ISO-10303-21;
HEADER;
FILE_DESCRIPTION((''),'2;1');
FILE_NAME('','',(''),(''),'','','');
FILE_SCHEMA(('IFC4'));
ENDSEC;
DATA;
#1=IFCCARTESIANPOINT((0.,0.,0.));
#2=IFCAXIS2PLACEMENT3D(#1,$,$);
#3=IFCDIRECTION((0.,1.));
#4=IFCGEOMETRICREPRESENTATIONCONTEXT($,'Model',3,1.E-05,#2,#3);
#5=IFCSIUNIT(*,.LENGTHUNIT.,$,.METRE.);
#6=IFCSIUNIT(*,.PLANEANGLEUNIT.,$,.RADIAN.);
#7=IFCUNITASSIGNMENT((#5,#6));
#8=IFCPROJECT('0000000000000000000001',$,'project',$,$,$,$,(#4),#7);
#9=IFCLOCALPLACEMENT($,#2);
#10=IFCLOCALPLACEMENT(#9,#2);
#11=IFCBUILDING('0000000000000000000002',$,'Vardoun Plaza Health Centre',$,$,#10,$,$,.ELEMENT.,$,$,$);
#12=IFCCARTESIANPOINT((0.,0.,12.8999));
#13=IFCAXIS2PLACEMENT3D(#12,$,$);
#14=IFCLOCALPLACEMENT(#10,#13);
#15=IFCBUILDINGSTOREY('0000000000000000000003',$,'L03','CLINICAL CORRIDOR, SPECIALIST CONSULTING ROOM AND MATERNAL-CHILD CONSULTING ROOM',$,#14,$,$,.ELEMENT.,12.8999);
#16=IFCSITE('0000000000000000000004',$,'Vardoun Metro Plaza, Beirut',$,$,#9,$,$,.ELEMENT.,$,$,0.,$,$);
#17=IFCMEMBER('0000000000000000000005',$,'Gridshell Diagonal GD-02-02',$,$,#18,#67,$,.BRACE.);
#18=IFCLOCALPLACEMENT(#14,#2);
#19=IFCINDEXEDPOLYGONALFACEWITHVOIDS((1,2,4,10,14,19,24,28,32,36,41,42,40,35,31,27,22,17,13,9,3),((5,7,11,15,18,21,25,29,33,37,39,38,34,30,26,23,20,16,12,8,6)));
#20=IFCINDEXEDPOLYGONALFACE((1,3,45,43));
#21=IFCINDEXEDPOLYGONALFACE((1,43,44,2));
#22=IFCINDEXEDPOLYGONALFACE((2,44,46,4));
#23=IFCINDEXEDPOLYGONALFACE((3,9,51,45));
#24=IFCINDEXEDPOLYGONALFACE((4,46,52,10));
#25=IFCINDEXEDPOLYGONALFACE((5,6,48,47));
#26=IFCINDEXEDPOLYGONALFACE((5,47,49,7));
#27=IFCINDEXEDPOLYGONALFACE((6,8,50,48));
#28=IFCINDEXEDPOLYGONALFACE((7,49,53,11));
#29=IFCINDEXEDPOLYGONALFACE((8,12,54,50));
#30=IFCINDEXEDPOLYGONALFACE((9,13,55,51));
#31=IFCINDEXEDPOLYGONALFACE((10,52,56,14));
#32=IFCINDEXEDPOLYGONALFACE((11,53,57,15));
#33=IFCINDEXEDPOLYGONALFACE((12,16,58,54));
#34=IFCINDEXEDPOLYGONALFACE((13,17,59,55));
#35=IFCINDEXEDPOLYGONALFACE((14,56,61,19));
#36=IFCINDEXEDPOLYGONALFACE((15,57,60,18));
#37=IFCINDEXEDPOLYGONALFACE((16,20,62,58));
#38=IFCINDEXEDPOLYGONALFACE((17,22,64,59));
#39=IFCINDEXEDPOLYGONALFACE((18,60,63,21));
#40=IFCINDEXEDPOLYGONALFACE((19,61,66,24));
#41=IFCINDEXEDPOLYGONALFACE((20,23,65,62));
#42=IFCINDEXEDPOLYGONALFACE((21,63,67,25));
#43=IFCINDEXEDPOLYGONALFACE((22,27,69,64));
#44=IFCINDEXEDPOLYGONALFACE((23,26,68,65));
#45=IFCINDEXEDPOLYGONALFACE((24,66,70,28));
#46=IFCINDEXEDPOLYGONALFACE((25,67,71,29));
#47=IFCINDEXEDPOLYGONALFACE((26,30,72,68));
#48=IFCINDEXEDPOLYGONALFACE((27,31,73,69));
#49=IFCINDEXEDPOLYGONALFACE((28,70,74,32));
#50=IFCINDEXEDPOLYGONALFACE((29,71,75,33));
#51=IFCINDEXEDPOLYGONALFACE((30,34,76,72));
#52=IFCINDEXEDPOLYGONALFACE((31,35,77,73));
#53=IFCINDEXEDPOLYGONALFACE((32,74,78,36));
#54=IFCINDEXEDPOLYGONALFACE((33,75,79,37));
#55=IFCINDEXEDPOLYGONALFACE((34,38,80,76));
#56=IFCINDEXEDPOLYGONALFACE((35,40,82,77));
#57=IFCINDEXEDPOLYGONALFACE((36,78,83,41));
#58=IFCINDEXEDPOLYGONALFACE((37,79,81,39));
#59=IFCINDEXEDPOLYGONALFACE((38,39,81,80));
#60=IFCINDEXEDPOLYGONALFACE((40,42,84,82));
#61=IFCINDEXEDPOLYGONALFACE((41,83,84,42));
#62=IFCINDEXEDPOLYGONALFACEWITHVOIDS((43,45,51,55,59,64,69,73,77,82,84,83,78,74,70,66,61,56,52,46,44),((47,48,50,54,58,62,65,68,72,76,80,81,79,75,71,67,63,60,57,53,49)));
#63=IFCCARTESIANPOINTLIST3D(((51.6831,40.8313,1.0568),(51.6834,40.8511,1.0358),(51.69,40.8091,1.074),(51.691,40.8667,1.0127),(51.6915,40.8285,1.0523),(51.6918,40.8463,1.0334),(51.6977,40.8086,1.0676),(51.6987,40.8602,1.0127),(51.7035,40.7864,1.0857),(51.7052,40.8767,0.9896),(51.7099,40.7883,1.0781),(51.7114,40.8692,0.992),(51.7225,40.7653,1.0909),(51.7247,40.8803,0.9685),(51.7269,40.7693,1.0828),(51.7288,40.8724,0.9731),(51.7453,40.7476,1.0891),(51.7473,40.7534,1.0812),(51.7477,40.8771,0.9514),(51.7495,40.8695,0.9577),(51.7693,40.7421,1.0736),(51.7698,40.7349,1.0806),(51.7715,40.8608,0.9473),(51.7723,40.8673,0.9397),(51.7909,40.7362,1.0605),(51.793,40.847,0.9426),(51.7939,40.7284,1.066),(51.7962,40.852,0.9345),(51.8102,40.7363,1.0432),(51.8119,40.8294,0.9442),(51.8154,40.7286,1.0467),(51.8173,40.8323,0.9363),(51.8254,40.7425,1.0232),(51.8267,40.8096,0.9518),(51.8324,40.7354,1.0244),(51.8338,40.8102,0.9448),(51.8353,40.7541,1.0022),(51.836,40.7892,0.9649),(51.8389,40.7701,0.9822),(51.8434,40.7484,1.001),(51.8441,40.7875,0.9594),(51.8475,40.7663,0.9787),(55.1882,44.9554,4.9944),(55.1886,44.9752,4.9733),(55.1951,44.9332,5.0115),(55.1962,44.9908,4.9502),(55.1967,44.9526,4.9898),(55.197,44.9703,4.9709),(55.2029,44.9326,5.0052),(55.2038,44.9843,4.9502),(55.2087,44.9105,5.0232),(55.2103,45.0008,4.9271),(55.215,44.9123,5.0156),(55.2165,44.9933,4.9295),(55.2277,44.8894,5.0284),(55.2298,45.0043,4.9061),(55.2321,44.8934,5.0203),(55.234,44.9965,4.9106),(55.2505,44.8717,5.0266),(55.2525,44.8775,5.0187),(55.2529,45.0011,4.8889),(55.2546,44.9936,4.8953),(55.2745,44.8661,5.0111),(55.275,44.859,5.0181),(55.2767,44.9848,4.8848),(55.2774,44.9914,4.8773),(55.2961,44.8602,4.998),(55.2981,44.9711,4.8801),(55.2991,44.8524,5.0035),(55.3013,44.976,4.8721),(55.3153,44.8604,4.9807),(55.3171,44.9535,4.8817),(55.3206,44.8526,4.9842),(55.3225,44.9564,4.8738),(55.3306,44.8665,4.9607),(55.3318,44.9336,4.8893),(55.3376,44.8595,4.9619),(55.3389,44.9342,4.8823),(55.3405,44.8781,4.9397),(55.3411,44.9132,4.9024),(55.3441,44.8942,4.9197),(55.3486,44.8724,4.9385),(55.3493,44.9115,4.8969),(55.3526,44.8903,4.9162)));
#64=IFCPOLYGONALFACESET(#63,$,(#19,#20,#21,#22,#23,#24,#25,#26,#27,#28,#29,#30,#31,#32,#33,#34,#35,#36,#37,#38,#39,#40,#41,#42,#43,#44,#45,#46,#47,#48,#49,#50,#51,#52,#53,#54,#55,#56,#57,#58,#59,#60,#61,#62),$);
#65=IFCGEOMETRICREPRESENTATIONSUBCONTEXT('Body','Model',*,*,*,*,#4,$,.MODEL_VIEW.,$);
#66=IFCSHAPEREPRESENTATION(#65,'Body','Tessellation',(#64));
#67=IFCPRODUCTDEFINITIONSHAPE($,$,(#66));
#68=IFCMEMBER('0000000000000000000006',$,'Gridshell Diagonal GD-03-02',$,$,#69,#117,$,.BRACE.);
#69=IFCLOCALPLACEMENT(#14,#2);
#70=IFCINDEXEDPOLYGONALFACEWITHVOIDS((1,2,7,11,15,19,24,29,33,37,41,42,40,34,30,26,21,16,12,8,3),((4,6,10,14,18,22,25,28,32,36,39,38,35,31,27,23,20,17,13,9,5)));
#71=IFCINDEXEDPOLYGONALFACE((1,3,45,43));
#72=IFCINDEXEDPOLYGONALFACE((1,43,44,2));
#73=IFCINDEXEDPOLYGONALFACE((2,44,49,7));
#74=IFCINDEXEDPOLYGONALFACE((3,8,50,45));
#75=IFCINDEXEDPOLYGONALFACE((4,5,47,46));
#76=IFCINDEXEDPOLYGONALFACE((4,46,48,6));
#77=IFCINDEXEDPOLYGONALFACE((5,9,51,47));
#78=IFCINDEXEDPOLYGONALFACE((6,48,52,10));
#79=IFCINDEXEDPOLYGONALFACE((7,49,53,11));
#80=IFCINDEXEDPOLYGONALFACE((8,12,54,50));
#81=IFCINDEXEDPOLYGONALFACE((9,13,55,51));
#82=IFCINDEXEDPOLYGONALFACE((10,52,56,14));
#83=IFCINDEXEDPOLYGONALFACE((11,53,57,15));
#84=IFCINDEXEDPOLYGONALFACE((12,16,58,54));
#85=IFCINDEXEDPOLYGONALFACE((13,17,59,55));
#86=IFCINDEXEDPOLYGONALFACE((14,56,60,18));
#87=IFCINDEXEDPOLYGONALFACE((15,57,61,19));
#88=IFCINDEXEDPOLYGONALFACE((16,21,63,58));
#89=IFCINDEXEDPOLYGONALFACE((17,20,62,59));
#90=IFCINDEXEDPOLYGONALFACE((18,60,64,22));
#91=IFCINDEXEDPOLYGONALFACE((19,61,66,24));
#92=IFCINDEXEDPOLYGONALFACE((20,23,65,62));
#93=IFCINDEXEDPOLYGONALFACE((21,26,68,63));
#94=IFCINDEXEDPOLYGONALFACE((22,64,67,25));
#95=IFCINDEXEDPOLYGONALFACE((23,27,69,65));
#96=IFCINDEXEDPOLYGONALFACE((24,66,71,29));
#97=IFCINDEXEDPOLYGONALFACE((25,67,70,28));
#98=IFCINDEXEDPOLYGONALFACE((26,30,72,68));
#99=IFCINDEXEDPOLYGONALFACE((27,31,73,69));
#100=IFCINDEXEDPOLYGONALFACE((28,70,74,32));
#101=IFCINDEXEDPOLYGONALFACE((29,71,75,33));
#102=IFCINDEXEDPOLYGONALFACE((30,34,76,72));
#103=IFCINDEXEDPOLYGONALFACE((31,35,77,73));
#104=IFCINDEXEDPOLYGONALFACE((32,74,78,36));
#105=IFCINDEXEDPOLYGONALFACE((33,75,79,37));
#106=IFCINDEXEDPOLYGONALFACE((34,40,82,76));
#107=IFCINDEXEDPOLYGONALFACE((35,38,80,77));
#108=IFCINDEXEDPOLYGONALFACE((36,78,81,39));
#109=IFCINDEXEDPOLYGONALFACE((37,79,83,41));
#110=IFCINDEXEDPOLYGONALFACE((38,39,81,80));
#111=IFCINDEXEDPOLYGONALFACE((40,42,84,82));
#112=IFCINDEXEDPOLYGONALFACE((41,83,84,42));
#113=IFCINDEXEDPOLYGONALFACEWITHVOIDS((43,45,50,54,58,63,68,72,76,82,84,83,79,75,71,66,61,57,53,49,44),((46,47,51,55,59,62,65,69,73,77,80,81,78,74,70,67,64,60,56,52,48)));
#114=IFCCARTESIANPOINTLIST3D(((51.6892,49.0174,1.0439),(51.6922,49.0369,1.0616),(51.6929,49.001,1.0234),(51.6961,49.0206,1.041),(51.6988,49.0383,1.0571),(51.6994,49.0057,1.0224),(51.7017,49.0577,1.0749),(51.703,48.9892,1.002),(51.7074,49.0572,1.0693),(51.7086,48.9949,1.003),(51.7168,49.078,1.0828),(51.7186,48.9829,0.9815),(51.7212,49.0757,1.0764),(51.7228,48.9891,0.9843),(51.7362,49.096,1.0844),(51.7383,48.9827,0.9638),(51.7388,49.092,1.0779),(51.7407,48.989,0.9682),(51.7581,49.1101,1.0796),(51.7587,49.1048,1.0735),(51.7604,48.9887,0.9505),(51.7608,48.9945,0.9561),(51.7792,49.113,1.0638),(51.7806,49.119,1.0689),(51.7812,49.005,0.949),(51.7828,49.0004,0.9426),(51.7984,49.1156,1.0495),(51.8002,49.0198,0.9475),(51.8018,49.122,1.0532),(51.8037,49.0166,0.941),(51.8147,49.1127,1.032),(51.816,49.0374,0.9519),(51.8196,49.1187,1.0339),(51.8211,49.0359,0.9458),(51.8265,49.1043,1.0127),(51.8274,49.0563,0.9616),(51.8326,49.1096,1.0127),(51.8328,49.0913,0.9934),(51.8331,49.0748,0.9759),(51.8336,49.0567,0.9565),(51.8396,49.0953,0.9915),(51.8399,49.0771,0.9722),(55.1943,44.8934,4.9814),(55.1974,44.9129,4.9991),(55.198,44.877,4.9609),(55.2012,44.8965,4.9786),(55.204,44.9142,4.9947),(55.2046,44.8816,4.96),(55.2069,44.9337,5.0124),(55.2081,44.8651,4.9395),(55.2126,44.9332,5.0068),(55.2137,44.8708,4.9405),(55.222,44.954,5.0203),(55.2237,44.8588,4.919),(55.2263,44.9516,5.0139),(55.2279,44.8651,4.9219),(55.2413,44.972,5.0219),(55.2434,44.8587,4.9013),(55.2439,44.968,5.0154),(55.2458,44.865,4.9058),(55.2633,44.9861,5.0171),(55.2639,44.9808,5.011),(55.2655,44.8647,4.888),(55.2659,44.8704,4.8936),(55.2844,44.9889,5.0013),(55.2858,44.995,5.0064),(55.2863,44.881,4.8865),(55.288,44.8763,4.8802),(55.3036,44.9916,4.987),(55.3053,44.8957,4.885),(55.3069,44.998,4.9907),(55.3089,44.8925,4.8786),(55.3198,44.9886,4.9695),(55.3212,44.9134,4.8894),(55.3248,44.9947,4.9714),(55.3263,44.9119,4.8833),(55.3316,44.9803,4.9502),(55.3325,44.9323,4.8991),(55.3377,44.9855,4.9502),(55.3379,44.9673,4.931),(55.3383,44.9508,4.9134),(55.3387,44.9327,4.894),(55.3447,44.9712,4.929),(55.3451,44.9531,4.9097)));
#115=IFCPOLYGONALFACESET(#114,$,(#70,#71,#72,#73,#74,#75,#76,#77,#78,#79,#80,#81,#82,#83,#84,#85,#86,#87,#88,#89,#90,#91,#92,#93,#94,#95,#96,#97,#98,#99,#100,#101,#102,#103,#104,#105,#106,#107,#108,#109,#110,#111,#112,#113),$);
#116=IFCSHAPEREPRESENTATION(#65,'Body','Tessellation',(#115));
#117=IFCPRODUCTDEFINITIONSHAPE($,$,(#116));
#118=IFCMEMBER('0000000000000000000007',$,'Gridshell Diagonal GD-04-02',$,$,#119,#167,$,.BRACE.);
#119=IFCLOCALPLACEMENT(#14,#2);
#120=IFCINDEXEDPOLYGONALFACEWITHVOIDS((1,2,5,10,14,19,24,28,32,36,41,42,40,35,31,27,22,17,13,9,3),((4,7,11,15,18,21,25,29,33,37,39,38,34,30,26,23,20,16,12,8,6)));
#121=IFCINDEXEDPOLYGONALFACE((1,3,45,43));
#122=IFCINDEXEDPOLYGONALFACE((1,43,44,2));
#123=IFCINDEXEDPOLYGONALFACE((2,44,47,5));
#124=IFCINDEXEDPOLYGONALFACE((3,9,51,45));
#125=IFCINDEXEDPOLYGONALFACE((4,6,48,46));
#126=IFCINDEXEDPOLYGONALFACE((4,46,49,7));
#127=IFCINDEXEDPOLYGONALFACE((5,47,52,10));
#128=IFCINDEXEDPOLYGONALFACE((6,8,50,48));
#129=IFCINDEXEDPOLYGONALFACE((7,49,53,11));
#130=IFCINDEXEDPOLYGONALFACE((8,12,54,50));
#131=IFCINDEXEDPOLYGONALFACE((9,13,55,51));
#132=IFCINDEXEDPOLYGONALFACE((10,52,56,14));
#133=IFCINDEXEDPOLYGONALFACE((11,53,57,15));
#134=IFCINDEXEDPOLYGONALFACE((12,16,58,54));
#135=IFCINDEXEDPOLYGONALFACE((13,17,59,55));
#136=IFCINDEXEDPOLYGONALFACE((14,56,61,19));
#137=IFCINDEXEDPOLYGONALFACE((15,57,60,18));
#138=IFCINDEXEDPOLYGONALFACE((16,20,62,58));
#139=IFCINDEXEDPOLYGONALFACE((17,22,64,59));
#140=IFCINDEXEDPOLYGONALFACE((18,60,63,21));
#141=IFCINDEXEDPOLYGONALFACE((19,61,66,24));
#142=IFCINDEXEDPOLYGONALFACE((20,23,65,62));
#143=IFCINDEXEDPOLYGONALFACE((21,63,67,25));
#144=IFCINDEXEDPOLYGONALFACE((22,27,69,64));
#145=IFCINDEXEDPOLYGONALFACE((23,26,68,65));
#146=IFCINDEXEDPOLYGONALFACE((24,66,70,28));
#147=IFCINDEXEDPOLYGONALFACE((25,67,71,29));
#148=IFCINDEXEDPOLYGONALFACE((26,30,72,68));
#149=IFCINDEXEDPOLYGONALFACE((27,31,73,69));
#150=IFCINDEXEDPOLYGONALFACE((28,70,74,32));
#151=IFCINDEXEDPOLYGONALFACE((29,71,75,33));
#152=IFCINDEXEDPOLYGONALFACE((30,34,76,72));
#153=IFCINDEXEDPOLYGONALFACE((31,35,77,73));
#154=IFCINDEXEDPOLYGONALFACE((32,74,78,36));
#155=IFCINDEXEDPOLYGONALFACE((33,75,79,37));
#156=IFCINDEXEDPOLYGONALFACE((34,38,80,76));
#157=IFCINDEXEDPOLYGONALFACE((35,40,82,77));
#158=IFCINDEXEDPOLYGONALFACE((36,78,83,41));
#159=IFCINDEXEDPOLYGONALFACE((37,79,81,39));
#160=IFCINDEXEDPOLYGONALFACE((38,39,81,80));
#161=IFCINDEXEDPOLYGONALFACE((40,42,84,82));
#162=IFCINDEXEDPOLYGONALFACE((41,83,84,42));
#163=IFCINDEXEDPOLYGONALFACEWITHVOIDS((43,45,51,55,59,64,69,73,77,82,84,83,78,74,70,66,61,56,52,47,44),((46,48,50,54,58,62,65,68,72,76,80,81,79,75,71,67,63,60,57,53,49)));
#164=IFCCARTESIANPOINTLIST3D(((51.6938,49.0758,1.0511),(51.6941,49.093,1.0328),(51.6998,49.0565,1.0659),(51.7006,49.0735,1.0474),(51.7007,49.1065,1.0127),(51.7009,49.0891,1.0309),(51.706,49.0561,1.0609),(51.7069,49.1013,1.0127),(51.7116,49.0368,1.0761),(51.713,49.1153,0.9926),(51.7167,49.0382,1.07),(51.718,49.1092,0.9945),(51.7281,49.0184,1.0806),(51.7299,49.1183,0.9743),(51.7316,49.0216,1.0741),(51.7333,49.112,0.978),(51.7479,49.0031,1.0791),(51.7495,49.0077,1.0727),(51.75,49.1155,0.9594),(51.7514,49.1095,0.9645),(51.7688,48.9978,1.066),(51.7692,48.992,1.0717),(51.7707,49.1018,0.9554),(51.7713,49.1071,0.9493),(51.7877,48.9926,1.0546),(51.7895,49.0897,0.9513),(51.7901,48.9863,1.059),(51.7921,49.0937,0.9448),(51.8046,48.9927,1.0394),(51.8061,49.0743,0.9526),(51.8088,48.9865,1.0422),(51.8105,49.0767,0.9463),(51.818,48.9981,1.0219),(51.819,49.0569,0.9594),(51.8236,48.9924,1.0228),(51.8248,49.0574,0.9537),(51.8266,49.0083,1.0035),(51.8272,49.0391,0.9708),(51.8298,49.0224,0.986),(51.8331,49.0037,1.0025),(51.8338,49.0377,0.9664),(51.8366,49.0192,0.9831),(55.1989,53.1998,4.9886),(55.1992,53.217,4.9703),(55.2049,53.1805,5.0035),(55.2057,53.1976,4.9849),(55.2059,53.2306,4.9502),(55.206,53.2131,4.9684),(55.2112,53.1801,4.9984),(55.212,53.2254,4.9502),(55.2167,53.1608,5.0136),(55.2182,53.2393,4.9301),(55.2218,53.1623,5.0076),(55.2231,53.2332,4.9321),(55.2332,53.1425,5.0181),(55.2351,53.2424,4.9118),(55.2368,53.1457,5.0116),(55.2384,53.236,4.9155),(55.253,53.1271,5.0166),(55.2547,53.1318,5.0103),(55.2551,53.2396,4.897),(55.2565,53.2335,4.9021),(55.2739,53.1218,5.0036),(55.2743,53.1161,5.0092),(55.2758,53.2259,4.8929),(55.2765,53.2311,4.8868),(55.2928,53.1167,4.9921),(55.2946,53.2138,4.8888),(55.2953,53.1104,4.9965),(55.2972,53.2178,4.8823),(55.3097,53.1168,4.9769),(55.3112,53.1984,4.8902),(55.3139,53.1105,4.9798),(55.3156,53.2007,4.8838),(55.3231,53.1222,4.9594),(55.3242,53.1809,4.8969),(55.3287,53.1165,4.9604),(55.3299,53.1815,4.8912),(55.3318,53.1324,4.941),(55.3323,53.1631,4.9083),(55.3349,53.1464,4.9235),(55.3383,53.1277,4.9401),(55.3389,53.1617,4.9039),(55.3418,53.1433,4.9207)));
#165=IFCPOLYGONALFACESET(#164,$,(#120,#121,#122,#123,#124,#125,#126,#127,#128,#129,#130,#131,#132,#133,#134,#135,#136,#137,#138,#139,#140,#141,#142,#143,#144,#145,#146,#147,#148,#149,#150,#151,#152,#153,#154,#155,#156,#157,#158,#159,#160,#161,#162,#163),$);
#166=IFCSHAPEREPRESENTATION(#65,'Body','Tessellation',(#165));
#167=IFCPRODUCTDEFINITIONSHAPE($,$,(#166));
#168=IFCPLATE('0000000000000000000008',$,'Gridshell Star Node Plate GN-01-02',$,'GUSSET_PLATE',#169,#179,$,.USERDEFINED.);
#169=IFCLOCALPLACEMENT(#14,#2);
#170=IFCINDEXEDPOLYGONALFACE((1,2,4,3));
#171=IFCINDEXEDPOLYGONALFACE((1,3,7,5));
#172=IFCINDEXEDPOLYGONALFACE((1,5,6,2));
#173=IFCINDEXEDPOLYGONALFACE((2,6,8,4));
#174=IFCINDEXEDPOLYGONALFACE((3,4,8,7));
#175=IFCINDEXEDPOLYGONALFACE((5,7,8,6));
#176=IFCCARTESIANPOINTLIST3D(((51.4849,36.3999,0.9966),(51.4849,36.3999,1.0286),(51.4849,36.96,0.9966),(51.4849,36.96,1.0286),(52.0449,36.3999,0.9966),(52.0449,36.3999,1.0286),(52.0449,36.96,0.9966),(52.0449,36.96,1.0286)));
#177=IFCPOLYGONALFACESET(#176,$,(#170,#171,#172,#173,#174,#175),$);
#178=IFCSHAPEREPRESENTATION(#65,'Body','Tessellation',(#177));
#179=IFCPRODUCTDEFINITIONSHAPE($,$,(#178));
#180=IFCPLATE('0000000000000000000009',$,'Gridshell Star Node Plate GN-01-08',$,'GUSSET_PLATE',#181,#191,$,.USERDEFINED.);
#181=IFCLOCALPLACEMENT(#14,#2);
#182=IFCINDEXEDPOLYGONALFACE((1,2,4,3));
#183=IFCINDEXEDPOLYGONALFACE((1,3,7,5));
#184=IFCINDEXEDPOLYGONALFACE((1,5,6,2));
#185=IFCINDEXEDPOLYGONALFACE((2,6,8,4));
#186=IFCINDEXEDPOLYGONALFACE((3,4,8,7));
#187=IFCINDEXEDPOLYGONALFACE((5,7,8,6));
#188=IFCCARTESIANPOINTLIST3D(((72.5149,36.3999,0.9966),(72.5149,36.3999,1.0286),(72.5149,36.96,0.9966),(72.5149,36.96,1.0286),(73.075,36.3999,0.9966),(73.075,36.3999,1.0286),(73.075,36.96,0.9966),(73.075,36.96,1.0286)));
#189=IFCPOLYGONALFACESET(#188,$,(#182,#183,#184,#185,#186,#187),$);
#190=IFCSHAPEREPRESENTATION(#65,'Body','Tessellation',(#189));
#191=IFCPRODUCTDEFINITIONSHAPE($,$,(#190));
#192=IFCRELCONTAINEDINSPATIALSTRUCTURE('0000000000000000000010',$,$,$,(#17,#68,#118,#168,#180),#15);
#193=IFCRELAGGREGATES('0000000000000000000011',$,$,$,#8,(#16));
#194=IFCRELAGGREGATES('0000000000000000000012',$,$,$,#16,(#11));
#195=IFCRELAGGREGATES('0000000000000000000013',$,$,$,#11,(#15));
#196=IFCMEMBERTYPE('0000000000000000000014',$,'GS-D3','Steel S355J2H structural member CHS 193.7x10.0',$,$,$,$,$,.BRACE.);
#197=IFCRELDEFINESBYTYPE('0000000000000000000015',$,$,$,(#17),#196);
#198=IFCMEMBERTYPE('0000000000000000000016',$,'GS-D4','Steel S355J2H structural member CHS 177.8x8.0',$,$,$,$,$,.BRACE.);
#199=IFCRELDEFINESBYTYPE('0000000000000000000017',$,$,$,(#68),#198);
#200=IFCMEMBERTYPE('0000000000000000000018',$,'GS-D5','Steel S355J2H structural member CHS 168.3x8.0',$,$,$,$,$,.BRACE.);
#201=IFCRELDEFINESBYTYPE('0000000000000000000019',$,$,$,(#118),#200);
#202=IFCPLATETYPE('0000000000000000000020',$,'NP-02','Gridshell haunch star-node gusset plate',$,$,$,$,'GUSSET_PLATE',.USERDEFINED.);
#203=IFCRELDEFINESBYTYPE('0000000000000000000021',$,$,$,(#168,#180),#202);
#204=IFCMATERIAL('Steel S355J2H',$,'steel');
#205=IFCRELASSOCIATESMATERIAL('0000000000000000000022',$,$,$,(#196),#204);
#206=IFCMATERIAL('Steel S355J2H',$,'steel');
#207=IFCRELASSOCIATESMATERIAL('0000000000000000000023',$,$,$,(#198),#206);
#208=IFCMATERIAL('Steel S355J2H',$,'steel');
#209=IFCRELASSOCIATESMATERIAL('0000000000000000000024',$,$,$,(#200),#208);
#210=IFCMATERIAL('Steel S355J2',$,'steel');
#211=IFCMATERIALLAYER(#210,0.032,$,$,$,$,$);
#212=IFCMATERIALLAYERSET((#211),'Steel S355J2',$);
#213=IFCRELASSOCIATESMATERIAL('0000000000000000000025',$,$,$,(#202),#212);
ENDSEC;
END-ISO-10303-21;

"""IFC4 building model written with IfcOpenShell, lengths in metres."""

from ifc_helpers import new_model, si_unit, direction, frame, origin, origin_2d, place, context, subcontext, project, spatial, rectangle, hollow_circle, extrude, material, layer, layer_set, material_profile, profile_set, type_object, element, save


model = new_model("IFC4")

# Units and contexts
model_context = context("Model", 3, precision=1e-05, world=origin(), true_north=direction((0.0, 1.0)))
body_context = subcontext(model_context, "Body", "Model", "MODEL_VIEW")
ifc_project = project(units=[si_unit("LENGTHUNIT", "METRE"), si_unit("PLANEANGLEUNIT", "RADIAN")], contexts=[model_context])

# Site, building, storey
site_placement = place(None, origin())
site = spatial("IfcSite", under=ifc_project, at=site_placement, Name="Vardoun Metro Plaza, Beirut", CompositionType="ELEMENT", RefElevation=0.0)
building_placement = place(site_placement, origin())
building = spatial("IfcBuilding", under=site, at=building_placement, Name="Vardoun Plaza Health Centre", CompositionType="ELEMENT")
storey_placement = place(building_placement, frame((0.0, 0.0, 12.8999)))
storey = spatial("IfcBuildingStorey", under=building, at=storey_placement, Name="L03", Description="CLINICAL CORRIDOR, SPECIALIST CONSULTING ROOM AND MATERNAL-CHILD CONSULTING ROOM", CompositionType="ELEMENT", Elevation=12.8999)

# Members
ifc_material_1 = material(Name="Steel S355J2H", Category="steel")
ifc_material_profile_1 = material_profile(ifc_material_1, hollow_circle(Radius=0.0969, WallThickness=0.01, at=origin_2d()), Name="CHS 193.7x10.0")
ifc_profile_set_1 = profile_set([ifc_material_profile_1], Name="Steel S355J2H")
member_type_1 = type_object("IfcMemberType", Name="GS-D3", Description="Steel S355J2H structural member CHS 193.7x10.0", PredefinedType="BRACE", material=ifc_profile_set_1)
member_1_placement = place(storey_placement, frame((51.7649, 40.804, 1.0127), z_axis=(0.523694, 0.616162, 0.588294), x_axis=(-0.761966, 0.647617, 0.0)))
element("IfcMember", 1, at=member_1_placement, inside=storey, type_object=member_type_1, Name="Gridshell Diagonal GD-02-02", PredefinedType="BRACE", context=body_context, shape_type="SweptSolid", body=[
    extrude(hollow_circle(Radius=0.0969, WallThickness=0.01, at=origin_2d()), origin(), (0.0, 0.0, 1.0), 6.6931),
])
ifc_material_2 = material(Name="Steel S355J2H", Category="steel")
ifc_material_profile_2 = material_profile(ifc_material_2, hollow_circle(Radius=0.0889, WallThickness=0.0081, at=origin_2d()), Name="CHS 177.8x8.0")
ifc_profile_set_2 = profile_set([ifc_material_profile_2], Name="Steel S355J2H")
member_type_2 = type_object("IfcMemberType", Name="GS-D4", Description="Steel S355J2H structural member CHS 177.8x8.0", PredefinedType="BRACE", material=ifc_profile_set_2)
member_2_placement = place(storey_placement, frame((51.7649, 49.052, 1.0127), z_axis=(0.523694, -0.616162, 0.588294), x_axis=(0.761966, 0.647617, 0.0)))
element("IfcMember", 2, at=member_2_placement, inside=storey, type_object=member_type_2, Name="Gridshell Diagonal GD-03-02", PredefinedType="BRACE", context=body_context, shape_type="SweptSolid", body=[
    extrude(hollow_circle(Radius=0.0889, WallThickness=0.0081, at=origin_2d()), origin(), (0.0, 0.0, 1.0), 6.6931),
])
ifc_material_3 = material(Name="Steel S355J2H", Category="steel")
ifc_material_profile_3 = material_profile(ifc_material_3, hollow_circle(Radius=0.0842, WallThickness=0.0081, at=origin_2d()), Name="CHS 168.3x8.0")
ifc_profile_set_3 = profile_set([ifc_material_profile_3], Name="Steel S355J2H")
member_type_3 = type_object("IfcMemberType", Name="GS-D5", Description="Steel S355J2H structural member CHS 168.3x8.0", PredefinedType="BRACE", material=ifc_profile_set_3)
member_3_placement = place(storey_placement, frame((51.7649, 49.052, 1.0127), z_axis=(0.523694, 0.616162, 0.588294), x_axis=(-0.761966, 0.647617, 0.0)))
element("IfcMember", 3, at=member_3_placement, inside=storey, type_object=member_type_3, Name="Gridshell Diagonal GD-04-02", PredefinedType="BRACE", context=body_context, shape_type="SweptSolid", body=[
    extrude(hollow_circle(Radius=0.0842, WallThickness=0.0081, at=origin_2d()), origin(), (0.0, 0.0, 1.0), 6.6931),
])

# Plates
ifc_material_4 = material(Name="Steel S355J2", Category="steel")
ifc_layer_1 = layer(ifc_material_4, 0.032)
ifc_layer_set_1 = layer_set([ifc_layer_1], Name="Steel S355J2")
plate_type = type_object("IfcPlateType", Name="NP-02", Description="Gridshell haunch star-node gusset plate", ElementType="GUSSET_PLATE", PredefinedType="USERDEFINED", material=ifc_layer_set_1)
for number, where, z_axis, x_axis, name in (
    (4, (51.7649, 36.6799, 0.9966), (0.0, 0.0, 1.0), (1.0, 0.0, 0.0), "Gridshell Star Node Plate GN-01-02"),
    (5, (72.7949, 36.6799, 0.9966), (0.0, 0.0, 1.0), (1.0, 0.0, 0.0), "Gridshell Star Node Plate GN-01-08"),
):
    element("IfcPlate", number, at=place(storey_placement, frame(where, z_axis=z_axis, x_axis=x_axis)), inside=storey, type_object=plate_type, Name=name, ObjectType="GUSSET_PLATE", PredefinedType="USERDEFINED", context=body_context, shape_type="SweptSolid", body=[
        extrude(rectangle(XDim=0.5601, YDim=0.5601, at=origin_2d()), origin(), (0.0, 0.0, 1.0), 0.032),
    ])

save(model, "model.ifc")
